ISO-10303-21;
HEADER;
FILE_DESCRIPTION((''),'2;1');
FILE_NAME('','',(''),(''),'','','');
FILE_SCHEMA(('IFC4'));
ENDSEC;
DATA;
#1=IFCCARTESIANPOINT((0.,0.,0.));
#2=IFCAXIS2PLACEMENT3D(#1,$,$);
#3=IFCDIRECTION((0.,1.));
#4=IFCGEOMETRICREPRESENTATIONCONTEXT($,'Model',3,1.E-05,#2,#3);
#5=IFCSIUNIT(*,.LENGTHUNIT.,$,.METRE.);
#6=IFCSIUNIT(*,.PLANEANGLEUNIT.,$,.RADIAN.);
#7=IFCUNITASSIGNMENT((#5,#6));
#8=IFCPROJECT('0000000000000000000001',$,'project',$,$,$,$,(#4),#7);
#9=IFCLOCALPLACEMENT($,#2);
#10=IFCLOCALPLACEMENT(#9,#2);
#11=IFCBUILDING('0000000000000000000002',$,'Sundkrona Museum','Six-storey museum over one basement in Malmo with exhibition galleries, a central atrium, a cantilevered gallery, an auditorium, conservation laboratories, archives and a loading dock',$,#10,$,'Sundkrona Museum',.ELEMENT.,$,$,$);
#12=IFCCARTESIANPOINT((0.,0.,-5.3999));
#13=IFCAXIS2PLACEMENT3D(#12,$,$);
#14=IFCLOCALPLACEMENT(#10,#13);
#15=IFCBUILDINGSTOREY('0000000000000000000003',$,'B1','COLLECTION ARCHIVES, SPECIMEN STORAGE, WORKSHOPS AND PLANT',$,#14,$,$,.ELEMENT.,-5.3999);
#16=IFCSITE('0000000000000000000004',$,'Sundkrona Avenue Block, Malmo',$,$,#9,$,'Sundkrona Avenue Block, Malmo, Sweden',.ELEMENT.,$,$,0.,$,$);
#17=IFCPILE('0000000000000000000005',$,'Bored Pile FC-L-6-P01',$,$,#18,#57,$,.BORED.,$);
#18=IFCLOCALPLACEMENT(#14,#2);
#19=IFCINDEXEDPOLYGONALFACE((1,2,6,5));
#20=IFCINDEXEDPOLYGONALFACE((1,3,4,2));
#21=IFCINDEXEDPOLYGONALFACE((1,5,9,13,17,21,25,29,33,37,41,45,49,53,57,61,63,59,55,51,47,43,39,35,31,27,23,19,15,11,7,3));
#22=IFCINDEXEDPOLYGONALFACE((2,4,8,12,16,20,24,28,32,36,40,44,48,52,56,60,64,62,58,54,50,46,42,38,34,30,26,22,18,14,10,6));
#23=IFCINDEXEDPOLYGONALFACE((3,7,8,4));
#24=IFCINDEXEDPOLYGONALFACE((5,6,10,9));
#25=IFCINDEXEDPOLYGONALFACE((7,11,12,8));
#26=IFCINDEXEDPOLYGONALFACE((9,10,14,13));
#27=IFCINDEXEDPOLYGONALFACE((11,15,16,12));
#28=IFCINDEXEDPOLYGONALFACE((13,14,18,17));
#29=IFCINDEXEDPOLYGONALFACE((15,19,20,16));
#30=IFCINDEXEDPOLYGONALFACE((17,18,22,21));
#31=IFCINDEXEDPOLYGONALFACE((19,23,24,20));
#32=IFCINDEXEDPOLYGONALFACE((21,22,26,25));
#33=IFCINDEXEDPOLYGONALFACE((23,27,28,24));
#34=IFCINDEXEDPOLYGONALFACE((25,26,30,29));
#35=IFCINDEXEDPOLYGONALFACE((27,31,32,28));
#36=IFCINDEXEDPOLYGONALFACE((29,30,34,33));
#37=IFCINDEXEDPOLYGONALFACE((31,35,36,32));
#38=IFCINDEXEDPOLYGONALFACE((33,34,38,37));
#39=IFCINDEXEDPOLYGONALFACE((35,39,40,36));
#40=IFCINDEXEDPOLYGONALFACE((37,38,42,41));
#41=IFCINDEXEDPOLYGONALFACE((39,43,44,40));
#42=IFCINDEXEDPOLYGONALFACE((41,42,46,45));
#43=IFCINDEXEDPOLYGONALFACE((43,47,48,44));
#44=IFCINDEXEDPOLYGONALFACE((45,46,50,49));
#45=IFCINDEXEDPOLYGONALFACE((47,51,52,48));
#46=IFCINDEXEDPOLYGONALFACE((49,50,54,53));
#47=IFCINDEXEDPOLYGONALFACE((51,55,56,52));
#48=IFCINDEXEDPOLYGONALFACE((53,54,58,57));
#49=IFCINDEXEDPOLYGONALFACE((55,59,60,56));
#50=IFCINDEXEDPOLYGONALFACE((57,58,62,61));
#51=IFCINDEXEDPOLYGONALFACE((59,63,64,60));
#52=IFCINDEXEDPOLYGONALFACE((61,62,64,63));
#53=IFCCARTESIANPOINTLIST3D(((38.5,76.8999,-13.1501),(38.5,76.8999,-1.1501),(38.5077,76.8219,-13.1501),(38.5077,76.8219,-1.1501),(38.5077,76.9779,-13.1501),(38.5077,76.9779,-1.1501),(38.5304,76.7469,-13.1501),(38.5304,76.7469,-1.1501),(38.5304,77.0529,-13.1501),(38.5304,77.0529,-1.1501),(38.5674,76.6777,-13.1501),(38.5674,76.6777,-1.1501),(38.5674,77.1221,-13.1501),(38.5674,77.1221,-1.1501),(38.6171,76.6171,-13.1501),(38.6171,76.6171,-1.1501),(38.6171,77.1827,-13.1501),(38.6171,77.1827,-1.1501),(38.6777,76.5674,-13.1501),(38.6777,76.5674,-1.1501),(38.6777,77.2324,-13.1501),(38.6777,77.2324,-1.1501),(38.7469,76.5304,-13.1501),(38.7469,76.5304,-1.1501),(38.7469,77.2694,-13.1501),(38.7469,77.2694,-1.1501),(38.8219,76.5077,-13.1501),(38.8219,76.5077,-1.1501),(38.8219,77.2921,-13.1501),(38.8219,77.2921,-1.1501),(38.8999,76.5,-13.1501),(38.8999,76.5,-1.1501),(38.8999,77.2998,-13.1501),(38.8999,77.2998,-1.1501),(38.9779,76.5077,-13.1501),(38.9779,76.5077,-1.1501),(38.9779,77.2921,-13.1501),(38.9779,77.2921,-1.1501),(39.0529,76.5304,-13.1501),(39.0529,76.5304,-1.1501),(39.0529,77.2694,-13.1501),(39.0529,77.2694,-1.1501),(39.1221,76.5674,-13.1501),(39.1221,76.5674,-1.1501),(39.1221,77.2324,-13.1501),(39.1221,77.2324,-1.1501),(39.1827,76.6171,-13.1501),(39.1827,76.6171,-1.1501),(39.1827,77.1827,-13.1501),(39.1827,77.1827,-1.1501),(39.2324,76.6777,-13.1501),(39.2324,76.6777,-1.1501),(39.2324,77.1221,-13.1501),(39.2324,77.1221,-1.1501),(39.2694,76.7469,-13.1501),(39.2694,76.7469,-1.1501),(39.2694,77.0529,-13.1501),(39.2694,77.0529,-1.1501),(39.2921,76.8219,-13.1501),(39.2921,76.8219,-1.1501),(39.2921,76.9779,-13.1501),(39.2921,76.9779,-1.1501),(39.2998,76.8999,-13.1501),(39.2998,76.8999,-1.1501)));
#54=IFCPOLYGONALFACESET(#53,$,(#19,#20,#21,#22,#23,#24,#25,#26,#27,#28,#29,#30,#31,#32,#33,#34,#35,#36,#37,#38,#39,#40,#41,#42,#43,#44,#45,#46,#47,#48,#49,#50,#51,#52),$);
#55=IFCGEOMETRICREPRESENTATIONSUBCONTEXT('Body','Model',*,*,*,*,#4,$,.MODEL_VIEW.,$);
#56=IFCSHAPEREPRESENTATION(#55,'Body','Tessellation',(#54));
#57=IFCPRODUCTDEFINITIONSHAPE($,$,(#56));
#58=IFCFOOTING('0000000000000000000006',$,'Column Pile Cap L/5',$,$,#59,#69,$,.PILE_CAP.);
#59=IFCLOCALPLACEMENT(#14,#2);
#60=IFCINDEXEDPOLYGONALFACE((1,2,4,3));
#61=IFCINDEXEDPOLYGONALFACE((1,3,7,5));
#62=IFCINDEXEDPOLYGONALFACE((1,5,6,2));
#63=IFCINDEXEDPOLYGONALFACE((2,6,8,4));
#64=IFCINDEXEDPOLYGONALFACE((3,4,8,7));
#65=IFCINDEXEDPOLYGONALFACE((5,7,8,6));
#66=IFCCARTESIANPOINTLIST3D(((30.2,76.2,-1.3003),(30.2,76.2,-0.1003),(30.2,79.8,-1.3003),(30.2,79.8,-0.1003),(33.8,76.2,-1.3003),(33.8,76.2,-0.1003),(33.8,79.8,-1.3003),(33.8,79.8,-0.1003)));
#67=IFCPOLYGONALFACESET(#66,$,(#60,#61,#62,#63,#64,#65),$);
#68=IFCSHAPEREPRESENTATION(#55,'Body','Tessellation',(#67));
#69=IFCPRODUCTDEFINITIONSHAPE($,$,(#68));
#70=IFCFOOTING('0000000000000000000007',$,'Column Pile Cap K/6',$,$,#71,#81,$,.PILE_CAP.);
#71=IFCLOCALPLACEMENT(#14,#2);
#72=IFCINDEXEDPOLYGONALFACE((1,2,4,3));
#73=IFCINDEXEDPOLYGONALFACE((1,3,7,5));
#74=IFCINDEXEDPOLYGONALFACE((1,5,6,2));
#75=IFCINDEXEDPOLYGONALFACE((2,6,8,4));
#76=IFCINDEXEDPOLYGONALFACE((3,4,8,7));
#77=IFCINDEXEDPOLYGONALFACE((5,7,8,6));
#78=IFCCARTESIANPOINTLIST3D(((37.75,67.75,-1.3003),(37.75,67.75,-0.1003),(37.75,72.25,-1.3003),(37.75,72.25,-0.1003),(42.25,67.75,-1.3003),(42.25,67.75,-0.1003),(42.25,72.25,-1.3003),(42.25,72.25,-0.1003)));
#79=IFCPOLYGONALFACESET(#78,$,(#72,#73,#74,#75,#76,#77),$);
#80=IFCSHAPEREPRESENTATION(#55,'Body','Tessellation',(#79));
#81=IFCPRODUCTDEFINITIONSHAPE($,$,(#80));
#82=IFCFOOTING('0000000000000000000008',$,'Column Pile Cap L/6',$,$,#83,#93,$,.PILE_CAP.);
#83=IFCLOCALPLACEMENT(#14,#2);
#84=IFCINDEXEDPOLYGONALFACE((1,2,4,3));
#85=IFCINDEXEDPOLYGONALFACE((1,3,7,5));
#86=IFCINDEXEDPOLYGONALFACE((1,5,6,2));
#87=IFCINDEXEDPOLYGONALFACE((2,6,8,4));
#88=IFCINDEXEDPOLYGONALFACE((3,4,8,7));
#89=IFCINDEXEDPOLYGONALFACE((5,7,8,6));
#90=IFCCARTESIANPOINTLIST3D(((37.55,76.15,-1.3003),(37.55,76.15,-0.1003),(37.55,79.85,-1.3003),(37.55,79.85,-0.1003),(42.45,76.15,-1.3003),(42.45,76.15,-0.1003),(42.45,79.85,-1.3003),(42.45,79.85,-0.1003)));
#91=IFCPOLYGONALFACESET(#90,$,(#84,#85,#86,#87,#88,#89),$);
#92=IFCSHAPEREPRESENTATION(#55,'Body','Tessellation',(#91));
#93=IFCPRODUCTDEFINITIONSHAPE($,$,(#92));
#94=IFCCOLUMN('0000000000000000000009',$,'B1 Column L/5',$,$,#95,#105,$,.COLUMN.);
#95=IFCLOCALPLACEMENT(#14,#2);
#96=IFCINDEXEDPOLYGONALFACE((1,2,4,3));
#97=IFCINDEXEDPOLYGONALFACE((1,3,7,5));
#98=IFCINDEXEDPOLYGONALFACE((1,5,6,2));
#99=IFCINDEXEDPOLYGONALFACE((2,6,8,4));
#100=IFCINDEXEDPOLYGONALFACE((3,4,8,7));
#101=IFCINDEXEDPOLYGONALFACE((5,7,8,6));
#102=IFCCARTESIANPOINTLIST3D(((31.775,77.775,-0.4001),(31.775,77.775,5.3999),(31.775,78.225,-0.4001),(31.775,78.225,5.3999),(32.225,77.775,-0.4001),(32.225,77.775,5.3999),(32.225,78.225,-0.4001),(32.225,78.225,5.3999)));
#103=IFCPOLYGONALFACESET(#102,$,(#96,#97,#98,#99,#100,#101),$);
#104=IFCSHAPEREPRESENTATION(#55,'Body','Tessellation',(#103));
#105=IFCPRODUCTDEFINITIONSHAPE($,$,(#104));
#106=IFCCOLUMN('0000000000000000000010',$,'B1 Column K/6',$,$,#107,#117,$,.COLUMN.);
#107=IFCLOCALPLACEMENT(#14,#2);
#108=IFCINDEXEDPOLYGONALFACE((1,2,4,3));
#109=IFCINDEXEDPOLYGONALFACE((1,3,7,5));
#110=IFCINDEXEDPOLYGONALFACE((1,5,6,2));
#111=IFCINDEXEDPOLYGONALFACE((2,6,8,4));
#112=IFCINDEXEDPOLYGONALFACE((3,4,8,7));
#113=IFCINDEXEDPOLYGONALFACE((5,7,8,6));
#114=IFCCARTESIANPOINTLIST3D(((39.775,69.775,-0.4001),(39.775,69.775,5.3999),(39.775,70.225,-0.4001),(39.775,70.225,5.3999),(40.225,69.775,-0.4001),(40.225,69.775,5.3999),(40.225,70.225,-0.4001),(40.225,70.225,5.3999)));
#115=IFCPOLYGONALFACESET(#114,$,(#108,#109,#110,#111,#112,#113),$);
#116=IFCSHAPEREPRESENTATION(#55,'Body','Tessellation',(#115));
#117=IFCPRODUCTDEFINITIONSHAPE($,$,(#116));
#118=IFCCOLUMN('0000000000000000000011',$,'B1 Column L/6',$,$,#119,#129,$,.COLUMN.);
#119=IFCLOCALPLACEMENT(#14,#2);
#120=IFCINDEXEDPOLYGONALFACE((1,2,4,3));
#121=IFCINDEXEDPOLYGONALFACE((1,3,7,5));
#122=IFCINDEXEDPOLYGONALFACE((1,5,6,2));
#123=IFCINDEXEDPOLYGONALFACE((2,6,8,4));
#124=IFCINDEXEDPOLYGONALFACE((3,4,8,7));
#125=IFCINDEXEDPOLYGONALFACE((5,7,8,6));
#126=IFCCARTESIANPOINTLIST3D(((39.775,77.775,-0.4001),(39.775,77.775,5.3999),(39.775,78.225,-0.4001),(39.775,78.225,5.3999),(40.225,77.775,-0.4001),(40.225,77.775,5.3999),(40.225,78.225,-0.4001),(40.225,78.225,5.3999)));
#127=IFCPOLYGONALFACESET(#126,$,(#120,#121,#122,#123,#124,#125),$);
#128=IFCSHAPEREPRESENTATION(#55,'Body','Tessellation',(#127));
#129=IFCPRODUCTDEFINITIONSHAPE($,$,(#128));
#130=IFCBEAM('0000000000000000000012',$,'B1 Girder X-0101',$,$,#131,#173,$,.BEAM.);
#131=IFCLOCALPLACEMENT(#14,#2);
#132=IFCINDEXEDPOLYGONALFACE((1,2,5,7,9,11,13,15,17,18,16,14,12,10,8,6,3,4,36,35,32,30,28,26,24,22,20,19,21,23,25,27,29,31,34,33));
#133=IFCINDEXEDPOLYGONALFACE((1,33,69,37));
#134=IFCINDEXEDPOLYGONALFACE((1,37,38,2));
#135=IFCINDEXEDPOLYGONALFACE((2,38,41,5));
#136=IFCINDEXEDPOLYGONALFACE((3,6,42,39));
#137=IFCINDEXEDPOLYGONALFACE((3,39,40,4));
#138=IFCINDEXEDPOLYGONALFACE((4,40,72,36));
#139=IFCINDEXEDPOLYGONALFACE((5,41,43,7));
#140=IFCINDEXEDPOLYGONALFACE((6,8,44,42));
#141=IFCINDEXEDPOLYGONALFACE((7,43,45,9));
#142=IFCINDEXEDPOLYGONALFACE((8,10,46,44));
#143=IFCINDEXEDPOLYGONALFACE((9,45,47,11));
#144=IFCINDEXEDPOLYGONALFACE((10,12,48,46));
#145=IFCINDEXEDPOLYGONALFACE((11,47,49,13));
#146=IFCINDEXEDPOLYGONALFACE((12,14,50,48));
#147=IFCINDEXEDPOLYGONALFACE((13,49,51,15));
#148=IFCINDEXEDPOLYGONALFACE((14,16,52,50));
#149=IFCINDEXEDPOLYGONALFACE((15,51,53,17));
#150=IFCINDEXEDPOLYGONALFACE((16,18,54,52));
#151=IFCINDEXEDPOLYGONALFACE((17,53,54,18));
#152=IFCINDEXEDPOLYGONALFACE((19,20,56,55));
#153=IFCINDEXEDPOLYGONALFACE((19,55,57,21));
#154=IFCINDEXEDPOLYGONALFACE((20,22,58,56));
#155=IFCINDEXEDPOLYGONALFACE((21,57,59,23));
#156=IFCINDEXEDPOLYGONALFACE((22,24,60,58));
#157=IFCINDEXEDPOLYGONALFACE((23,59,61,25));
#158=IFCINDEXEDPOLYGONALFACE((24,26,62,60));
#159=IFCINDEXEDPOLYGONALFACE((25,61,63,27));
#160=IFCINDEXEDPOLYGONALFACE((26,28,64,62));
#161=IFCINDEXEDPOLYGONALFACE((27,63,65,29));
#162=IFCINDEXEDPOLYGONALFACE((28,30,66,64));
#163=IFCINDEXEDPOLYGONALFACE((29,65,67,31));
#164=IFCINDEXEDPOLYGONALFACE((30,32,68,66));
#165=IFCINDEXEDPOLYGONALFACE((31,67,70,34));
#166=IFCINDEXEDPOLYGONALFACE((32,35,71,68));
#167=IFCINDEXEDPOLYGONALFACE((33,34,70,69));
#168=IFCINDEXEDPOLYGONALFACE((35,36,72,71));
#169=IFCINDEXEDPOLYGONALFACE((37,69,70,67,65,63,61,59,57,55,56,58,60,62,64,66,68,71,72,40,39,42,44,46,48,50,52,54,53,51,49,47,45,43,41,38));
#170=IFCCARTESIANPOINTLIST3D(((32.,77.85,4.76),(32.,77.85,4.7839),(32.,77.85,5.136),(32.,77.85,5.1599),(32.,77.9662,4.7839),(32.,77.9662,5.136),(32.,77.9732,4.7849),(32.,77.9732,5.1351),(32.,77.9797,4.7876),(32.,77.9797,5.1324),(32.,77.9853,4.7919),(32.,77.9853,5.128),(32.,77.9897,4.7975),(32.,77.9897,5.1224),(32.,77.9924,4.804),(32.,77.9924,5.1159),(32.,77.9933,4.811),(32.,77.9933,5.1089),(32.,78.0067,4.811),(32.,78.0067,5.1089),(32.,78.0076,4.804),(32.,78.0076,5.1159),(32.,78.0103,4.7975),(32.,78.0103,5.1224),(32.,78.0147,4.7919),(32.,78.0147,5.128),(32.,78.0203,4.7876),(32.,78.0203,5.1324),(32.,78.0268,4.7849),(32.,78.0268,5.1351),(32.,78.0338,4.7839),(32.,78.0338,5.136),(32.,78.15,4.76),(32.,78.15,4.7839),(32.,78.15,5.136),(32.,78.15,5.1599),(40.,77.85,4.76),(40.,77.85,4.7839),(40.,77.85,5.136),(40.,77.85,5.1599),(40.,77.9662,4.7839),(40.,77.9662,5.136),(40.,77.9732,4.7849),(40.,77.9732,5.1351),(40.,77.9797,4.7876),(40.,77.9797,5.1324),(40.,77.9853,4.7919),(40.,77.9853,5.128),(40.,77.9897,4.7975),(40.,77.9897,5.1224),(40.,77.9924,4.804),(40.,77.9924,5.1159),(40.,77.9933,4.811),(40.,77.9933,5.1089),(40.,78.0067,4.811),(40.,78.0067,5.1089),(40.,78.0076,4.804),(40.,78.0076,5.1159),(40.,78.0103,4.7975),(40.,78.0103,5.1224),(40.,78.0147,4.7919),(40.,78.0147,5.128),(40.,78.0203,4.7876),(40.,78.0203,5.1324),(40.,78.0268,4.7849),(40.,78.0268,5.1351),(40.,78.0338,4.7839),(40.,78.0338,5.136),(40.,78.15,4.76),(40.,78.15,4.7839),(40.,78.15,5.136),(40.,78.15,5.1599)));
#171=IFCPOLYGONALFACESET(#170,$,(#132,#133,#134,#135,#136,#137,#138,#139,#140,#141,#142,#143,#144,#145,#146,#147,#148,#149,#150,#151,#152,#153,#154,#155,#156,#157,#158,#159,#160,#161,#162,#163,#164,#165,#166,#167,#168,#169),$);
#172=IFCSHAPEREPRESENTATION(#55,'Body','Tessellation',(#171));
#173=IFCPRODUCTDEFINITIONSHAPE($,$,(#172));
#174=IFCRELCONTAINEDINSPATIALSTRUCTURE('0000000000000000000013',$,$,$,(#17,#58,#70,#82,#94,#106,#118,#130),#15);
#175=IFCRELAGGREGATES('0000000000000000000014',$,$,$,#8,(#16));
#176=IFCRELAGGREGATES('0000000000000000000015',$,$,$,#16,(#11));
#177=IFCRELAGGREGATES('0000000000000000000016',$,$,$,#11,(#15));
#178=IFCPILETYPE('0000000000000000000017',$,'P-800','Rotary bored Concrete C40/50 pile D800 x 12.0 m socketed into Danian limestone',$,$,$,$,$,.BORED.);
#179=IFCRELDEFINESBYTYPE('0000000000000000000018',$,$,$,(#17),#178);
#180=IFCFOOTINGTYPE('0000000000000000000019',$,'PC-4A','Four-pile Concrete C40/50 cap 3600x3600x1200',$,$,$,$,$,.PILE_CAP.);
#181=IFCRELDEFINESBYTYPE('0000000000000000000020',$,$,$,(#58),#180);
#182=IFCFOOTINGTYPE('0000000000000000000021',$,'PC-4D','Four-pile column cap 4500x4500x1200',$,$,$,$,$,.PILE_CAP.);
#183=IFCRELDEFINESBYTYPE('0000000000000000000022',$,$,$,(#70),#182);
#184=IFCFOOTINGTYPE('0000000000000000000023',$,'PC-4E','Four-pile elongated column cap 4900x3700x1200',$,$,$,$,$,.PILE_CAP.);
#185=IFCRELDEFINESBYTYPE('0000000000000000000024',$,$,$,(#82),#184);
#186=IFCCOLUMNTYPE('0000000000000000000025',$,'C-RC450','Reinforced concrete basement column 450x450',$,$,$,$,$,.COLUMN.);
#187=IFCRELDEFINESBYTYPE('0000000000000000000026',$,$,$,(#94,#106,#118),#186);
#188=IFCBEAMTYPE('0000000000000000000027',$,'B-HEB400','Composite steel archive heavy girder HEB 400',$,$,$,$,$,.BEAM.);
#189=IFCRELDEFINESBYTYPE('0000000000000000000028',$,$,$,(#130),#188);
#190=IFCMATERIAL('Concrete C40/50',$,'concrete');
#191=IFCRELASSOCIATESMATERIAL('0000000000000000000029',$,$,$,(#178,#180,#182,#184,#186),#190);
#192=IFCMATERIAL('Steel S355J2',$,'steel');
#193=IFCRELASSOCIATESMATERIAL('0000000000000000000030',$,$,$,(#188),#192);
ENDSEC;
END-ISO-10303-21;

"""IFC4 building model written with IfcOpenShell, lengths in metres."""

from ifc_helpers import new_model, si_unit, direction, frame, origin, origin_2d, place, context, subcontext, project, spatial, rectangle, circle, i_section, extrude, material, material_profile, profile_set, type_object, element, save


model = new_model("IFC4")

# Units and contexts
model_context = context("Model", 3, precision=1e-05, world=origin(), true_north=direction((0.0, 1.0)))
body_context = subcontext(model_context, "Body", "Model", "MODEL_VIEW")
ifc_project = project(units=[si_unit("LENGTHUNIT", "METRE"), si_unit("PLANEANGLEUNIT", "RADIAN")], contexts=[model_context])

# Site, building, storey
site_placement = place(None, origin())
site = spatial("IfcSite", under=ifc_project, at=site_placement, Name="Sundkrona Avenue Block, Malmo", LongName="Sundkrona Avenue Block, Malmo, Sweden", CompositionType="ELEMENT", RefElevation=0.0)
building_placement = place(site_placement, origin())
building = spatial("IfcBuilding", under=site, at=building_placement, Name="Sundkrona Museum", Description="Six-storey museum over one basement in Malmo with exhibition galleries, a central atrium, a cantilevered gallery, an auditorium, conservation laboratories, archives and a loading dock", LongName="Sundkrona Museum", CompositionType="ELEMENT")
storey_placement = place(building_placement, frame((0.0, 0.0, -5.3999)))
storey = spatial("IfcBuildingStorey", under=building, at=storey_placement, Name="B1", Description="COLLECTION ARCHIVES, SPECIMEN STORAGE, WORKSHOPS AND PLANT", CompositionType="ELEMENT", Elevation=-5.3999)

# Shared definitions
ifc_material_1 = material(Name="Concrete C40/50", Category="concrete")

# Pile
ifc_material_profile_1 = material_profile(ifc_material_1, circle(Radius=0.3999, at=origin_2d()), Name="PILE D800")
ifc_profile_set_1 = profile_set([ifc_material_profile_1], Name="Concrete C40/50")
pile_type = type_object("IfcPileType", Name="P-800", Description="Rotary bored Concrete C40/50 pile D800 x 12.0 m socketed into Danian limestone", PredefinedType="BORED", material=ifc_profile_set_1)
for number, where, z_axis, x_axis, name in (
    (1, (38.8999, 76.8999, -1.1501), (0.0, 0.0, -1.0), (1.0, 0.0, 0.0), "Bored Pile FC-L-6-P01"),
):
    element("IfcPile", number, at=place(storey_placement, frame(where, z_axis=z_axis, x_axis=x_axis)), inside=storey, type_object=pile_type, Name=name, PredefinedType="BORED", context=body_context, shape_type="SweptSolid", body=[
        extrude(circle(Radius=0.3999, at=origin_2d()), origin(), (0.0, 0.0, 1.0), 12.0),
    ])

# Footings
footing_type_1 = type_object("IfcFootingType", Name="PC-4A", Description="Four-pile Concrete C40/50 cap 3600x3600x1200", PredefinedType="PILE_CAP", material=ifc_material_1)
footing_1_placement = place(storey_placement, frame((32.0, 78.0, -1.3003), z_axis=(0.0, 0.0, 1.0), x_axis=(1.0, 0.0, 0.0)))
element("IfcFooting", 2, at=footing_1_placement, inside=storey, type_object=footing_type_1, Name="Column Pile Cap L/5", PredefinedType="PILE_CAP", context=body_context, shape_type="SweptSolid", body=[
    extrude(rectangle(XDim=3.6001, YDim=3.6001, at=origin_2d()), origin(), (0.0, 0.0, 1.0), 1.2),
])
footing_type_2 = type_object("IfcFootingType", Name="PC-4D", Description="Four-pile column cap 4500x4500x1200", PredefinedType="PILE_CAP", material=ifc_material_1)
footing_2_placement = place(storey_placement, frame((40.0, 70.0, -1.3003), z_axis=(0.0, 0.0, 1.0), x_axis=(1.0, 0.0, 0.0)))
element("IfcFooting", 3, at=footing_2_placement, inside=storey, type_object=footing_type_2, Name="Column Pile Cap K/6", PredefinedType="PILE_CAP", context=body_context, shape_type="SweptSolid", body=[
    extrude(rectangle(XDim=4.5, YDim=4.5, at=origin_2d()), origin(), (0.0, 0.0, 1.0), 1.2),
])
footing_type_3 = type_object("IfcFootingType", Name="PC-4E", Description="Four-pile elongated column cap 4900x3700x1200", PredefinedType="PILE_CAP", material=ifc_material_1)
footing_3_placement = place(storey_placement, frame((40.0, 78.0, -1.3003), z_axis=(0.0, 0.0, 1.0), x_axis=(1.0, 0.0, 0.0)))
element("IfcFooting", 4, at=footing_3_placement, inside=storey, type_object=footing_type_3, Name="Column Pile Cap L/6", PredefinedType="PILE_CAP", context=body_context, shape_type="SweptSolid", body=[
    extrude(rectangle(XDim=4.8999, YDim=3.7, at=origin_2d()), origin(), (0.0, 0.0, 1.0), 1.2),
])

# Columns
ifc_material_profile_2 = material_profile(ifc_material_1, rectangle(XDim=0.45, YDim=0.45, at=origin_2d()), Name="RC 450x450")
ifc_profile_set_2 = profile_set([ifc_material_profile_2], Name="Concrete C40/50")
column_type = type_object("IfcColumnType", Name="C-RC450", Description="Reinforced concrete basement column 450x450", PredefinedType="COLUMN", material=ifc_profile_set_2)
for number, where, z_axis, x_axis, name in (
    (5, (32.0, 78.0, -0.4001), (0.0, 0.0, 1.0), (1.0, 0.0, 0.0), "B1 Column L/5"),
    (6, (40.0, 70.0, -0.4001), (0.0, 0.0, 1.0), (1.0, 0.0, 0.0), "B1 Column K/6"),
    (7, (40.0, 78.0, -0.4001), (0.0, 0.0, 1.0), (1.0, 0.0, 0.0), "B1 Column L/6"),
):
    element("IfcColumn", number, at=place(storey_placement, frame(where, z_axis=z_axis, x_axis=x_axis)), inside=storey, type_object=column_type, Name=name, PredefinedType="COLUMN", context=body_context, shape_type="SweptSolid", body=[
        extrude(rectangle(XDim=0.45, YDim=0.45, at=origin_2d()), origin(), (0.0, 0.0, 1.0), 5.8),
    ])

# Beam
ifc_material_2 = material(Name="Steel S355J2", Category="steel")
ifc_material_profile_3 = material_profile(ifc_material_2, i_section(OverallWidth=0.3, OverallDepth=0.3999, WebThickness=0.0134, FlangeThickness=0.0239, FilletRadius=0.0271, at=origin_2d()), Name="HEB 400")
ifc_profile_set_3 = profile_set([ifc_material_profile_3], Name="Steel S355J2")
beam_type_1 = type_object("IfcBeamType", Name="B-HEB400", Description="Composite steel archive heavy girder HEB 400", PredefinedType="BEAM", material=ifc_profile_set_3)
for number, where, z_axis, x_axis, name in (
    (8, (32.0, 78.0, 4.96), (1.0, 0.0, 0.0), (0.0, 1.0, 0.0), "B1 Girder X-0101"),
):
    element("IfcBeam", number, at=place(storey_placement, frame(where, z_axis=z_axis, x_axis=x_axis)), inside=storey, type_object=beam_type_1, Name=name, PredefinedType="BEAM", context=body_context, shape_type="SweptSolid", body=[
        extrude(i_section(OverallWidth=0.3, OverallDepth=0.3999, WebThickness=0.0134, FlangeThickness=0.0239, FilletRadius=0.0271, at=origin_2d()), origin(), (0.0, 0.0, 1.0), 8.0),
    ])

save(model, "model.ifc")
